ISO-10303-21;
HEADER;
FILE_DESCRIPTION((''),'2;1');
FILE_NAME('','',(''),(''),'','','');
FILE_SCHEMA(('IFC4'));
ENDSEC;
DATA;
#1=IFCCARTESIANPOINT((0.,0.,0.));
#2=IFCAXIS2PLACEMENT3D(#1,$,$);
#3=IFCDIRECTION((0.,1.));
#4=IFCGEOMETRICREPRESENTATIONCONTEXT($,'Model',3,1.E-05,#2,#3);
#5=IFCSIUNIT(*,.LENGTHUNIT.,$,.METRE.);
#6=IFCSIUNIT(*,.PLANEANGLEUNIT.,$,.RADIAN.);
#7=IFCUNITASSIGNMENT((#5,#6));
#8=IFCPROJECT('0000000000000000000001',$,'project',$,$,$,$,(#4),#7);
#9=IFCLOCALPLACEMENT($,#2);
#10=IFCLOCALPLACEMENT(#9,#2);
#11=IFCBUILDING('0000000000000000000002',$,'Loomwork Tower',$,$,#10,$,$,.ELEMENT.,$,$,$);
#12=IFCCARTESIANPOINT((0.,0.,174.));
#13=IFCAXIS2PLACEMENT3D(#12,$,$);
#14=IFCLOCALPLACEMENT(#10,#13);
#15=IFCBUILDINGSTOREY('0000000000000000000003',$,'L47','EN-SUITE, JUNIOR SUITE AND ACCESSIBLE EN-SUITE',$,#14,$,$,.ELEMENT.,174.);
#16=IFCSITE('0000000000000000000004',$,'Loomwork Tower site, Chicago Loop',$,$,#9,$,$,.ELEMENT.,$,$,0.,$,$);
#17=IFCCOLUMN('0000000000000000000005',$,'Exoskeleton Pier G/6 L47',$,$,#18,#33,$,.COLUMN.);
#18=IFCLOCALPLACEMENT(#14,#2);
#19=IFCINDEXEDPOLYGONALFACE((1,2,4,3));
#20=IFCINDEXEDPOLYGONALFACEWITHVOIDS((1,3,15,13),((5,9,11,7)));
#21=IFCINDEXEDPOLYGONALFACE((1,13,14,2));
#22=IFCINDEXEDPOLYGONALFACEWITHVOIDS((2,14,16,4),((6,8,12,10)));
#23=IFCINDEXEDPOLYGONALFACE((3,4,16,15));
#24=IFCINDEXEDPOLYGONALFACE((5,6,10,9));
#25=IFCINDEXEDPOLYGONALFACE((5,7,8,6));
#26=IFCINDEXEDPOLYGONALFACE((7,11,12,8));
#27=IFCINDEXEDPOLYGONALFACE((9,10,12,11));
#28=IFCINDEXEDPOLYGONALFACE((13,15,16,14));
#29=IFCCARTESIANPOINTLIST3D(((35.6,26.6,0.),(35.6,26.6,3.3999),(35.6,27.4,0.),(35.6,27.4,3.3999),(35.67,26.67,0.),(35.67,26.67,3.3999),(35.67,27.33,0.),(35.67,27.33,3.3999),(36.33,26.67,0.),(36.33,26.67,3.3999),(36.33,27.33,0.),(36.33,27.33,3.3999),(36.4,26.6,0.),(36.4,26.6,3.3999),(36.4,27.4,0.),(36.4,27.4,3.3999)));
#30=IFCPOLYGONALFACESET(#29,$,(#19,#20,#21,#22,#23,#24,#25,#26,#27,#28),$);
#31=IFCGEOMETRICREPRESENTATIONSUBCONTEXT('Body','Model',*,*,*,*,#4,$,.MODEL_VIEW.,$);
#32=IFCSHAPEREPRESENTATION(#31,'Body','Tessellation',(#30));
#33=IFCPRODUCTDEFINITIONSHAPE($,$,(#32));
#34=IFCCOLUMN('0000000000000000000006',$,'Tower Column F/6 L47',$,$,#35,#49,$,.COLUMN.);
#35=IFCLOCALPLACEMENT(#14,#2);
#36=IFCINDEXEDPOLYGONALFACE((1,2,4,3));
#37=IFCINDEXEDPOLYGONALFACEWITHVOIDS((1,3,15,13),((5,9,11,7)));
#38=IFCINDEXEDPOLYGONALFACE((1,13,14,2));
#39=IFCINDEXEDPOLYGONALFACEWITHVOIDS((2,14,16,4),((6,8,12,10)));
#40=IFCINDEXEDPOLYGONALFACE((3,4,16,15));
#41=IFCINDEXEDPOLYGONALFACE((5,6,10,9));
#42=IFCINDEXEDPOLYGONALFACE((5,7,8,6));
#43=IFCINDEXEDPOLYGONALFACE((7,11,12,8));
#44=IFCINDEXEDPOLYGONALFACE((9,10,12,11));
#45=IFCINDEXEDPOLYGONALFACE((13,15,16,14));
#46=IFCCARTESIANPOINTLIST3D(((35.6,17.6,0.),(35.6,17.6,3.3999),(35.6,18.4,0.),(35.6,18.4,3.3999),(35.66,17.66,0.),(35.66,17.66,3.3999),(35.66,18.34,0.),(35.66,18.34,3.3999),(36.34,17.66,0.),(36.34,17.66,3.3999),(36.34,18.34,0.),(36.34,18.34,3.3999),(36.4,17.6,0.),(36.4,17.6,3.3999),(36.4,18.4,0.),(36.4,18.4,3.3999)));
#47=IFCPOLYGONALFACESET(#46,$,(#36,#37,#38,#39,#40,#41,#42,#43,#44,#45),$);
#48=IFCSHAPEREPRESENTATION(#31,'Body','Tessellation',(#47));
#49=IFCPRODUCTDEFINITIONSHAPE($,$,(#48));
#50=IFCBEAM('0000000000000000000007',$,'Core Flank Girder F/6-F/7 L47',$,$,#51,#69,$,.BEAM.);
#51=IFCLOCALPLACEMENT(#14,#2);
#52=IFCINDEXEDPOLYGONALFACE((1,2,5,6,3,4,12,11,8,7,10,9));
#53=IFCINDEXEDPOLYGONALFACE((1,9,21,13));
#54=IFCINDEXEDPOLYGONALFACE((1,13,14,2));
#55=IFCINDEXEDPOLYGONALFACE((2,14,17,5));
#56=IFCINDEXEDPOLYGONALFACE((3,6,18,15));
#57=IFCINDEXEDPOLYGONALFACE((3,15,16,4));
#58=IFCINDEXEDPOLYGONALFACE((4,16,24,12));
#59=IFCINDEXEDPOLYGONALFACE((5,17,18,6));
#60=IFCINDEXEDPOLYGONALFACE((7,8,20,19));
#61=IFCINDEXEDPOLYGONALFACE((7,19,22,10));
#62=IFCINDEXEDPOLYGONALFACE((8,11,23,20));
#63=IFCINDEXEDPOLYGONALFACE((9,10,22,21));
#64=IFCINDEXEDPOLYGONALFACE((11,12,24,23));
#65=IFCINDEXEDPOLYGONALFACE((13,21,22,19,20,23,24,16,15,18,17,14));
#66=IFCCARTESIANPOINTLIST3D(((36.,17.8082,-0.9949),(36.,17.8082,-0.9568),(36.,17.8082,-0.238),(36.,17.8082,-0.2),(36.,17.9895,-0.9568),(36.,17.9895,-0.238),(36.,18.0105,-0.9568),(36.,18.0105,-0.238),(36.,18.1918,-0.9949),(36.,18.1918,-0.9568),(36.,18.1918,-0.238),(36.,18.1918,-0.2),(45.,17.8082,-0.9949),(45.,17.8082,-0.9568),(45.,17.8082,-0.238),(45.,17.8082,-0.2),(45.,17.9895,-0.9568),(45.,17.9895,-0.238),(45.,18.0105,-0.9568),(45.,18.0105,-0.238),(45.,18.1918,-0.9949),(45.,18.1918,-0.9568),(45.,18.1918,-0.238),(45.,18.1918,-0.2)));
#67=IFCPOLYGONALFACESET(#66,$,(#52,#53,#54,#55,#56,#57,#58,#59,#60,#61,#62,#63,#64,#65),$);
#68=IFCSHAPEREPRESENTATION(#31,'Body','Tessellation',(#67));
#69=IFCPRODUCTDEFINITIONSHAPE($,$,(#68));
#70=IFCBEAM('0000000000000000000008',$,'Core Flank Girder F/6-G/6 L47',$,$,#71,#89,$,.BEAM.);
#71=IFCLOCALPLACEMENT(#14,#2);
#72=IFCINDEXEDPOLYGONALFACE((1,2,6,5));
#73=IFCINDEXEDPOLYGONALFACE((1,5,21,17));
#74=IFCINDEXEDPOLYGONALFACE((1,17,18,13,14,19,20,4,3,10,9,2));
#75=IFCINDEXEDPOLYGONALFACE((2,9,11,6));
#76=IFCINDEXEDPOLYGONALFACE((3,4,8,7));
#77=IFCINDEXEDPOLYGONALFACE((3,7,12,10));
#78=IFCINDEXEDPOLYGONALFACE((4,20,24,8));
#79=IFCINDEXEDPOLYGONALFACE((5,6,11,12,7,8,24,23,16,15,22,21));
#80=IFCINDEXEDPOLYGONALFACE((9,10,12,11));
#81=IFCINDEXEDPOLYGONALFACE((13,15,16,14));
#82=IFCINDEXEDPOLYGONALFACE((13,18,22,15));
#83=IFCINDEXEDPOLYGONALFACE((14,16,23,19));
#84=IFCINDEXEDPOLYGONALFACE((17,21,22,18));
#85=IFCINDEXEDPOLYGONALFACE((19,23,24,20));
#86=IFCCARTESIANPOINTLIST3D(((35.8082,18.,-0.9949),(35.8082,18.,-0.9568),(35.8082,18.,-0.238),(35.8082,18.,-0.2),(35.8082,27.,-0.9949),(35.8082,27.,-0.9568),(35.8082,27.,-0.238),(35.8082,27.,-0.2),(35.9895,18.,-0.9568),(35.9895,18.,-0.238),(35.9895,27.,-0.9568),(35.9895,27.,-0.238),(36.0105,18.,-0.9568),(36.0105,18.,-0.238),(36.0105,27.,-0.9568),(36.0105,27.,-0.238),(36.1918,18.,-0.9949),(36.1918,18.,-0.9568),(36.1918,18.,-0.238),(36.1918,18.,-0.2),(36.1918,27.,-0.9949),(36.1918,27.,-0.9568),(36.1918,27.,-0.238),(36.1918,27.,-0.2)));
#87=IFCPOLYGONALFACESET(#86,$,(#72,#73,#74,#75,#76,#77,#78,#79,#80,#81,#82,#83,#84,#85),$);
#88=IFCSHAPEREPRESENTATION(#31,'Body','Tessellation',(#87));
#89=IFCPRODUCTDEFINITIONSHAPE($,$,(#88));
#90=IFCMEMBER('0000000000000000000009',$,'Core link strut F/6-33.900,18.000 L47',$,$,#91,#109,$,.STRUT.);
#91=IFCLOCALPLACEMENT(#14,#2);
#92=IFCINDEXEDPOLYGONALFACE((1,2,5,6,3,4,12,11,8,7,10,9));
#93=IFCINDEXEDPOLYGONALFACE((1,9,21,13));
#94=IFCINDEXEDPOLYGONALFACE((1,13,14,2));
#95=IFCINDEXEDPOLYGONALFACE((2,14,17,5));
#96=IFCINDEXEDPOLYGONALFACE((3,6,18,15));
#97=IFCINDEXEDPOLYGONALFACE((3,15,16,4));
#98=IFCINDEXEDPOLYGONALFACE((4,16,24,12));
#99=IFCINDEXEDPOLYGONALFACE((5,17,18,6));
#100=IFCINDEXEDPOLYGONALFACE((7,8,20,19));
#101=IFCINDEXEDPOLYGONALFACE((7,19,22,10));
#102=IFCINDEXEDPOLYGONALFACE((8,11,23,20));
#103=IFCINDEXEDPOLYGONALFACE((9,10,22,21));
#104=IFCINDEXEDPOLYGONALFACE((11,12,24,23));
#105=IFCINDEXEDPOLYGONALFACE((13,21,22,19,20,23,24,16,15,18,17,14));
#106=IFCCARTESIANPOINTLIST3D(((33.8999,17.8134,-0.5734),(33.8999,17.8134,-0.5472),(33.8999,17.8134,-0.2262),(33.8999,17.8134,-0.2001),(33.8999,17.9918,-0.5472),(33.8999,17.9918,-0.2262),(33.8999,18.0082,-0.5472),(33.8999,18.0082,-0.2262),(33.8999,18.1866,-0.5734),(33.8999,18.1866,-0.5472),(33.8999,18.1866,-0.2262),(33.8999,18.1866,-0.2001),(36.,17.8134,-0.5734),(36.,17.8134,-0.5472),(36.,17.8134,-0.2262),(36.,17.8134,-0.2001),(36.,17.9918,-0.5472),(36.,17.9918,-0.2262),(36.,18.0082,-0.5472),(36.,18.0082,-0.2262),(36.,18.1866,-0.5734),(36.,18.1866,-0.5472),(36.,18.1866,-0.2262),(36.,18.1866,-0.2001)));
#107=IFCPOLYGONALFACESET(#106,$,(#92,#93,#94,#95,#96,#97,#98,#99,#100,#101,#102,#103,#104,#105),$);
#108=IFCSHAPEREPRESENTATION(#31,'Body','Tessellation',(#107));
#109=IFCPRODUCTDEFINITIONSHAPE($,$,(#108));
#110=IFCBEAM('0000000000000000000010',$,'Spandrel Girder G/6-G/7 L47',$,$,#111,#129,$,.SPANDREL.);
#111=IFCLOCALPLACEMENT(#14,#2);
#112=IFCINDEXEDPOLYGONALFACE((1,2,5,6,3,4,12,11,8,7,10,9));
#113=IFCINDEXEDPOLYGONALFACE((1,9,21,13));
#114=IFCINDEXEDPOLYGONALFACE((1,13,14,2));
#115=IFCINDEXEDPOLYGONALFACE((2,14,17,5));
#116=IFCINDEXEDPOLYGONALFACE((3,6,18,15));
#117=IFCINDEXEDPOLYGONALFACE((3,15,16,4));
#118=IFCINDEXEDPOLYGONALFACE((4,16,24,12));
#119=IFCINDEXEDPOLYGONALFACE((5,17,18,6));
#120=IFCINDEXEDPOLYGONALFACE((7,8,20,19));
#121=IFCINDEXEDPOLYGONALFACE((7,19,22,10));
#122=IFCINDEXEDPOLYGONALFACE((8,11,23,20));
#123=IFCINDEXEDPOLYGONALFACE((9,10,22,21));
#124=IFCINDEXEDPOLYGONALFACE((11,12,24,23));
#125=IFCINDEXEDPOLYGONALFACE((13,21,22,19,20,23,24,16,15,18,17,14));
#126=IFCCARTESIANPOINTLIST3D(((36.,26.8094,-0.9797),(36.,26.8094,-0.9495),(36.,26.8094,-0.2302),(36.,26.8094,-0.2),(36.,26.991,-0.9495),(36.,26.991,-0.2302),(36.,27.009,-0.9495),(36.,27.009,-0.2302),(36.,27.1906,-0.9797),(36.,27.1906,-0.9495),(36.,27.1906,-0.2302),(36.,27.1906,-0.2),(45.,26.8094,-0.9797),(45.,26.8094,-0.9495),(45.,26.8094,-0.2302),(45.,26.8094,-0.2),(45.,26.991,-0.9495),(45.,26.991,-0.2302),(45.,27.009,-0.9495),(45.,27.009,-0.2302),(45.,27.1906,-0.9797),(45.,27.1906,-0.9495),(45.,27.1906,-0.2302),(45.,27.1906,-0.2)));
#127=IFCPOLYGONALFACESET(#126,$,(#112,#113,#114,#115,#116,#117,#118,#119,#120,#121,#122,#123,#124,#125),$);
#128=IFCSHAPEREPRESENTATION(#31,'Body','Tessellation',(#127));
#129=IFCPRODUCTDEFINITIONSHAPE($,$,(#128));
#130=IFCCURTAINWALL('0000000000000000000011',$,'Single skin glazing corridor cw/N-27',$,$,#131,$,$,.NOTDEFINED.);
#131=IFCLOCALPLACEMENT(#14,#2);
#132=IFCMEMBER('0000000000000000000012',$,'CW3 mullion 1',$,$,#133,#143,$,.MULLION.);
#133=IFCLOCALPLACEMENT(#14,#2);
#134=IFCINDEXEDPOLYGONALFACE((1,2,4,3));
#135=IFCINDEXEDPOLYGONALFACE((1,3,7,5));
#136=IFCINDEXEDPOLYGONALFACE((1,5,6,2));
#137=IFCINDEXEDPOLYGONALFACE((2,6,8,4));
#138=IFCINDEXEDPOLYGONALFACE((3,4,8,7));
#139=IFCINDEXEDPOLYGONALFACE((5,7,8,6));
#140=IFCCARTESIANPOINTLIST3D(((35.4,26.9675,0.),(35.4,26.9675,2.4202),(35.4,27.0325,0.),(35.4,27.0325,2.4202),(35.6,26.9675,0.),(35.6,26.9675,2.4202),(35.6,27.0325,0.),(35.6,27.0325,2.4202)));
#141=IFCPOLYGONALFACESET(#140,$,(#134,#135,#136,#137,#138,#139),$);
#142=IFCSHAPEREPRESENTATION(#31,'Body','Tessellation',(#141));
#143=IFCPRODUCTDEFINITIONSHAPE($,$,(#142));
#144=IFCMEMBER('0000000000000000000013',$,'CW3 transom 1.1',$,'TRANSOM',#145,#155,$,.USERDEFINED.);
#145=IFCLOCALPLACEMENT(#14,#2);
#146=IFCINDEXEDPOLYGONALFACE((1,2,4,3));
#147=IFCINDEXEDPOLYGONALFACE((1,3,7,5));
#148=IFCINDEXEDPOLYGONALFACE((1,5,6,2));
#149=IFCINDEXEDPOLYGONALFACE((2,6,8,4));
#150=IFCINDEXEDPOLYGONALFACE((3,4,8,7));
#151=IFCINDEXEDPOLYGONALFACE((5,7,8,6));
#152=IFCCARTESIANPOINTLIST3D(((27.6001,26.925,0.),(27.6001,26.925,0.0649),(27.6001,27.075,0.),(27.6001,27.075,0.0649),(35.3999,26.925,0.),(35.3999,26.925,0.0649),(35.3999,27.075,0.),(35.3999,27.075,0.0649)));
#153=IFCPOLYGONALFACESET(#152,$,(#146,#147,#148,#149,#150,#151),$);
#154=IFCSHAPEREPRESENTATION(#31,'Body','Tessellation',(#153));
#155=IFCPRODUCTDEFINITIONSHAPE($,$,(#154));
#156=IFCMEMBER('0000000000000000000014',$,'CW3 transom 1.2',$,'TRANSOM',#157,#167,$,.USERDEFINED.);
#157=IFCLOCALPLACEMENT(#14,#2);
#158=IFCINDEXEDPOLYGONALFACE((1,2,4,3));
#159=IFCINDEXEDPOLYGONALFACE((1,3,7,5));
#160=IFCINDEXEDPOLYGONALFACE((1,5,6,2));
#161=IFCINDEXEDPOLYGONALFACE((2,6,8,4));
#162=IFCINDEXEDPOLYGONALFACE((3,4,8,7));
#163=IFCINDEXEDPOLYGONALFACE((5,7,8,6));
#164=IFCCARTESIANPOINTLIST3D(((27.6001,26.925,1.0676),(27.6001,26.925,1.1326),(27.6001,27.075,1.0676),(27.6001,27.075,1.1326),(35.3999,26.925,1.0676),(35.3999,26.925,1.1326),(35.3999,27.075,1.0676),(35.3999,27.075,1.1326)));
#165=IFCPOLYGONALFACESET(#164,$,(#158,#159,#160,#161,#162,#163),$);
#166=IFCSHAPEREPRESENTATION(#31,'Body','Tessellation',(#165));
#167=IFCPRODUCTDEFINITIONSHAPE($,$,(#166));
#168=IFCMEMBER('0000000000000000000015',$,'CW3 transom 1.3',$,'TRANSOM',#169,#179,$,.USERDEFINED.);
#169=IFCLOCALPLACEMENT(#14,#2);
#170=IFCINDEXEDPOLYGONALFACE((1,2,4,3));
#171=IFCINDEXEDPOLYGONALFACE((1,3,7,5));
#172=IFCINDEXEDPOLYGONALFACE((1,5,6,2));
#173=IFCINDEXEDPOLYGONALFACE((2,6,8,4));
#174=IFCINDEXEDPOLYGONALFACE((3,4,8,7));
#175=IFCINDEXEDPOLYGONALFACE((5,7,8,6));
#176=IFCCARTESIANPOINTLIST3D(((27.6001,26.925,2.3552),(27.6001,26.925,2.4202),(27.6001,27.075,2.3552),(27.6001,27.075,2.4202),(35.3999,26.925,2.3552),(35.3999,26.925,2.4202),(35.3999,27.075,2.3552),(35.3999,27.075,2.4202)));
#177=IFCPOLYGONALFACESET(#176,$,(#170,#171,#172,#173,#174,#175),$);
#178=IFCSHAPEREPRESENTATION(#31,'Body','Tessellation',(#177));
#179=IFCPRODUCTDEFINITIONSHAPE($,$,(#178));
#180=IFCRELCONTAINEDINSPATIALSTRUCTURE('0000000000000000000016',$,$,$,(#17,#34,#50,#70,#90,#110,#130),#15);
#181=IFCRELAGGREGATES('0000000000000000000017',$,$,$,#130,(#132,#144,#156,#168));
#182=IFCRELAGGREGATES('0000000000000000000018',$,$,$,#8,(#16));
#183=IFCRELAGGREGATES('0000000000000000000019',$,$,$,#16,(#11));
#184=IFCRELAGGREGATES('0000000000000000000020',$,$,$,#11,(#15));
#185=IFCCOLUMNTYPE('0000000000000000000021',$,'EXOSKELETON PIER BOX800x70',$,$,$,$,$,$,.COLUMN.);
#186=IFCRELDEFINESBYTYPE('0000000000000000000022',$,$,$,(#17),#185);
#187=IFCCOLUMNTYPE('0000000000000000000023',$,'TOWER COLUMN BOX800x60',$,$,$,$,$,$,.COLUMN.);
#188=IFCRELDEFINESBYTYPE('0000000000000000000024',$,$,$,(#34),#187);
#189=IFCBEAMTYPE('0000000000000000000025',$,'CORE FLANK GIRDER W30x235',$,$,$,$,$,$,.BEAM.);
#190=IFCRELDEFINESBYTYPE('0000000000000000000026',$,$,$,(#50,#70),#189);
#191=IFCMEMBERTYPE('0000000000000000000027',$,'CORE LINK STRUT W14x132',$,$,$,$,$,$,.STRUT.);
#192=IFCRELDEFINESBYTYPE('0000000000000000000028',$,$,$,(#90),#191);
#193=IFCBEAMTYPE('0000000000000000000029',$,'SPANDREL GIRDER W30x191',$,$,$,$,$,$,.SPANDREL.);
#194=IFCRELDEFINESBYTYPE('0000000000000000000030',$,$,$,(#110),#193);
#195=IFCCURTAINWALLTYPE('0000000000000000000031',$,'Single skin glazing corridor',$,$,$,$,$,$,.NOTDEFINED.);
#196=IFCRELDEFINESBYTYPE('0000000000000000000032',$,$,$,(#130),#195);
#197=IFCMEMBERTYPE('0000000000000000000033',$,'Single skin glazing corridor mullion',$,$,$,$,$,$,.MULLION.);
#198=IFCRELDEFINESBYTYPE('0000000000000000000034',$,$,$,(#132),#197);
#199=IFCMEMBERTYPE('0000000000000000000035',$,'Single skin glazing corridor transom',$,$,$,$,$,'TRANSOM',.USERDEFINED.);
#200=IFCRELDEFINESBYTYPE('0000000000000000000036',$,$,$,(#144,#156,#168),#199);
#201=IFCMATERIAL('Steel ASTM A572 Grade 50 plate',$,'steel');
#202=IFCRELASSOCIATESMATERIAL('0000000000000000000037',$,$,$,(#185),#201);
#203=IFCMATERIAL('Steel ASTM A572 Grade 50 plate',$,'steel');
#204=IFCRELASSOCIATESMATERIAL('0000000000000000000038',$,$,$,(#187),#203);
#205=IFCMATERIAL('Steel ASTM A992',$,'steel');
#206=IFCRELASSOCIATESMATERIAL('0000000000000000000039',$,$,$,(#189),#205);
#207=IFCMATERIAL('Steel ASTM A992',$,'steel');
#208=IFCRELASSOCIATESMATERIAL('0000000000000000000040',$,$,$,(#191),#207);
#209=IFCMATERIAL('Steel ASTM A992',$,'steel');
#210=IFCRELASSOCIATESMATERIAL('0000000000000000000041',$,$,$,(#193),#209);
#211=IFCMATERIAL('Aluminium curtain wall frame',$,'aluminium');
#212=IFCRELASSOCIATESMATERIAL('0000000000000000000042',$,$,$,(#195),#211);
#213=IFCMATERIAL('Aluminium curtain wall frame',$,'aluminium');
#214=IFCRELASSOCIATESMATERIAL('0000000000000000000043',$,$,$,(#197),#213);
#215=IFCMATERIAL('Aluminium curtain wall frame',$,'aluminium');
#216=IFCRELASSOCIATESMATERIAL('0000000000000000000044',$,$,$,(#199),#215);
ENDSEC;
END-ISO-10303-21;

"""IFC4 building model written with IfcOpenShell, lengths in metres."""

from ifc_helpers import new_model, si_unit, direction, frame, origin, origin_2d, place, context, subcontext, project, spatial, rectangle, hollow_rectangle, i_section, extrude, material, material_profile, profile_set, type_object, element, aggregate, save


model = new_model("IFC4")

# Units and contexts
model_context = context("Model", 3, precision=1e-05, world=origin(), true_north=direction((0.0, 1.0)))
body_context = subcontext(model_context, "Body", "Model", "MODEL_VIEW")
ifc_project = project(units=[si_unit("LENGTHUNIT", "METRE"), si_unit("PLANEANGLEUNIT", "RADIAN")], contexts=[model_context])

# Site, building, storey
site_placement = place(None, origin())
site = spatial("IfcSite", under=ifc_project, at=site_placement, Name="Loomwork Tower site, Chicago Loop", CompositionType="ELEMENT", RefElevation=0.0)
building_placement = place(site_placement, origin())
building = spatial("IfcBuilding", under=site, at=building_placement, Name="Loomwork Tower", CompositionType="ELEMENT")
storey_placement = place(building_placement, frame((0.0, 0.0, 174.0)))
storey = spatial("IfcBuildingStorey", under=building, at=storey_placement, Name="L47", Description="EN-SUITE, JUNIOR SUITE AND ACCESSIBLE EN-SUITE", CompositionType="ELEMENT", Elevation=174.0)

# Columns
ifc_material_1 = material(Name="Steel ASTM A572 Grade 50 plate", Category="steel")
ifc_material_profile_1 = material_profile(ifc_material_1, hollow_rectangle(XDim=0.8, YDim=0.8, WallThickness=0.0701, at=origin_2d()), Name="BOX800x70")
ifc_profile_set_1 = profile_set([ifc_material_profile_1], Name="Steel ASTM A572 Grade 50 plate")
column_type_1 = type_object("IfcColumnType", Name="EXOSKELETON PIER BOX800x70", PredefinedType="COLUMN", material=ifc_profile_set_1)
column_1_placement = place(storey_placement, frame((36.0, 27.0, 0.0), z_axis=(0.0, 0.0, 1.0), x_axis=(1.0, 0.0, 0.0)))
element("IfcColumn", 1, at=column_1_placement, inside=storey, type_object=column_type_1, Name="Exoskeleton Pier G/6 L47", PredefinedType="COLUMN", context=body_context, shape_type="SweptSolid", body=[
    extrude(hollow_rectangle(XDim=0.8, YDim=0.8, WallThickness=0.0701, at=origin_2d()), origin(), (0.0, 0.0, 1.0), 3.3999),
])
ifc_material_2 = material(Name="Steel ASTM A572 Grade 50 plate", Category="steel")
ifc_material_profile_2 = material_profile(ifc_material_2, hollow_rectangle(XDim=0.8, YDim=0.8, WallThickness=0.0601, at=origin_2d()), Name="BOX800x60")
ifc_profile_set_2 = profile_set([ifc_material_profile_2], Name="Steel ASTM A572 Grade 50 plate")
column_type_2 = type_object("IfcColumnType", Name="TOWER COLUMN BOX800x60", PredefinedType="COLUMN", material=ifc_profile_set_2)
column_2_placement = place(storey_placement, frame((36.0, 18.0, 0.0), z_axis=(0.0, 0.0, 1.0), x_axis=(0.0, 1.0, 0.0)))
element("IfcColumn", 2, at=column_2_placement, inside=storey, type_object=column_type_2, Name="Tower Column F/6 L47", PredefinedType="COLUMN", context=body_context, shape_type="SweptSolid", body=[
    extrude(hollow_rectangle(XDim=0.8, YDim=0.8, WallThickness=0.0601, at=origin_2d()), origin(), (0.0, 0.0, 1.0), 3.3999),
])

# Beams
ifc_material_3 = material(Name="Steel ASTM A992", Category="steel")
ifc_material_profile_3 = material_profile(ifc_material_3, i_section(OverallWidth=0.3835, OverallDepth=0.7949, WebThickness=0.021, FlangeThickness=0.0381, at=origin_2d()), Name="W30x235")
ifc_profile_set_3 = profile_set([ifc_material_profile_3], Name="Steel ASTM A992")
beam_type_1 = type_object("IfcBeamType", Name="CORE FLANK GIRDER W30x235", PredefinedType="BEAM", material=ifc_profile_set_3)
for number, where, z_axis, x_axis, name in (
    (3, (36.0, 18.0, -0.5974), (1.0, 0.0, 0.0), (0.0, 1.0, 0.0), "Core Flank Girder F/6-F/7 L47"),
    (4, (36.0, 18.0, -0.5974), (0.0, 1.0, 0.0), (-1.0, 0.0, 0.0), "Core Flank Girder F/6-G/6 L47"),
):
    element("IfcBeam", number, at=place(storey_placement, frame(where, z_axis=z_axis, x_axis=x_axis)), inside=storey, type_object=beam_type_1, Name=name, PredefinedType="BEAM", context=body_context, shape_type="SweptSolid", body=[
        extrude(i_section(OverallWidth=0.3835, OverallDepth=0.7949, WebThickness=0.021, FlangeThickness=0.0381, at=origin_2d()), origin(), (0.0, 0.0, 1.0), 9.0),
    ])

# Member
ifc_material_4 = material(Name="Steel ASTM A992", Category="steel")
ifc_material_profile_4 = material_profile(ifc_material_4, i_section(OverallWidth=0.3733, OverallDepth=0.3733, WebThickness=0.0164, FlangeThickness=0.0261, at=origin_2d()), Name="W14x132")
ifc_profile_set_4 = profile_set([ifc_material_profile_4], Name="Steel ASTM A992")
member_type_1 = type_object("IfcMemberType", Name="CORE LINK STRUT W14x132", PredefinedType="STRUT", material=ifc_profile_set_4)
member_1_placement = place(storey_placement, frame((36.0, 18.0, -0.3867), z_axis=(-1.0, 0.0, 0.0), x_axis=(0.0, -1.0, 0.0)))
element("IfcMember", 5, at=member_1_placement, inside=storey, type_object=member_type_1, Name="Core link strut F/6-33.900,18.000 L47", PredefinedType="STRUT", context=body_context, shape_type="SweptSolid", body=[
    extrude(i_section(OverallWidth=0.3733, OverallDepth=0.3733, WebThickness=0.0164, FlangeThickness=0.0261, at=origin_2d()), origin(), (0.0, 0.0, 1.0), 2.1001),
])

# Beam
ifc_material_5 = material(Name="Steel ASTM A992", Category="steel")
ifc_material_profile_5 = material_profile(ifc_material_5, i_section(OverallWidth=0.3811, OverallDepth=0.7798, WebThickness=0.0181, FlangeThickness=0.0303, at=origin_2d()), Name="W30x191")
ifc_profile_set_5 = profile_set([ifc_material_profile_5], Name="Steel ASTM A992")
beam_type_2 = type_object("IfcBeamType", Name="SPANDREL GIRDER W30x191", PredefinedType="SPANDREL", material=ifc_profile_set_5)
beam_placement = place(storey_placement, frame((36.0, 27.0, -0.5898), z_axis=(1.0, 0.0, 0.0), x_axis=(0.0, 1.0, 0.0)))
element("IfcBeam", 6, at=beam_placement, inside=storey, type_object=beam_type_2, Name="Spandrel Girder G/6-G/7 L47", PredefinedType="SPANDREL", context=body_context, shape_type="SweptSolid", body=[
    extrude(i_section(OverallWidth=0.3811, OverallDepth=0.7798, WebThickness=0.0181, FlangeThickness=0.0303, at=origin_2d()), origin(), (0.0, 0.0, 1.0), 9.0),
])

# Curtain wall, members
ifc_material_6 = material(Name="Aluminium curtain wall frame", Category="aluminium")
curtain_wall_type = type_object("IfcCurtainWallType", Name="Single skin glazing corridor", PredefinedType="NOTDEFINED", material=ifc_material_6)
curtain_wall_placement = place(storey_placement, origin())
curtain_wall = element("IfcCurtainWall", 7, at=curtain_wall_placement, inside=storey, type_object=curtain_wall_type, Name="Single skin glazing corridor cw/N-27", PredefinedType="NOTDEFINED")
ifc_material_7 = material(Name="Aluminium curtain wall frame", Category="aluminium")
ifc_material_profile_6 = material_profile(ifc_material_7, rectangle(XDim=0.0649, YDim=0.2, at=origin_2d()), Name="AL 65x200")
ifc_profile_set_6 = profile_set([ifc_material_profile_6], Name="Aluminium curtain wall frame")
member_type_2 = type_object("IfcMemberType", Name="Single skin glazing corridor mullion", PredefinedType="MULLION", material=ifc_profile_set_6)
member_2_placement = place(storey_placement, frame((35.5, 27.0, 0.0), z_axis=(0.0, 0.0, 1.0), x_axis=(0.0, -1.0, 0.0)))
member_2 = element("IfcMember", 8, at=member_2_placement, type_object=member_type_2, Name="CW3 mullion 1", PredefinedType="MULLION", context=body_context, shape_type="SweptSolid", body=[
    extrude(rectangle(XDim=0.0649, YDim=0.2, at=origin_2d()), origin(), (0.0, 0.0, 1.0), 2.4202),
])
ifc_material_8 = material(Name="Aluminium curtain wall frame", Category="aluminium")
ifc_material_profile_7 = material_profile(ifc_material_8, rectangle(XDim=0.1499, YDim=0.0649, at=origin_2d()), Name="AL 65x150")
ifc_profile_set_7 = profile_set([ifc_material_profile_7], Name="Aluminium curtain wall frame")
member_type_3 = type_object("IfcMemberType", Name="Single skin glazing corridor transom", ElementType="TRANSOM", PredefinedType="USERDEFINED", material=ifc_profile_set_7)
member_3_placement = place(storey_placement, frame((35.3999, 27.0, 0.0325), z_axis=(-1.0, 0.0, 0.0), x_axis=(0.0, -1.0, 0.0)))
member_3 = element("IfcMember", 9, at=member_3_placement, type_object=member_type_3, Name="CW3 transom 1.1", ObjectType="TRANSOM", PredefinedType="USERDEFINED", context=body_context, shape_type="SweptSolid", body=[
    extrude(rectangle(XDim=0.1499, YDim=0.0649, at=origin_2d()), origin(), (0.0, 0.0, 1.0), 7.7998),
])
member_4_placement = place(storey_placement, frame((35.3999, 27.0, 1.1001), z_axis=(-1.0, 0.0, 0.0), x_axis=(0.0, -1.0, 0.0)))
member_4 = element("IfcMember", 10, at=member_4_placement, type_object=member_type_3, Name="CW3 transom 1.2", ObjectType="TRANSOM", PredefinedType="USERDEFINED", context=body_context, shape_type="SweptSolid", body=[
    extrude(rectangle(XDim=0.1499, YDim=0.0649, at=origin_2d()), origin(), (0.0, 0.0, 1.0), 7.7998),
])
member_5_placement = place(storey_placement, frame((35.3999, 27.0, 2.3877), z_axis=(-1.0, 0.0, 0.0), x_axis=(0.0, -1.0, 0.0)))
member_5 = element("IfcMember", 11, at=member_5_placement, type_object=member_type_3, Name="CW3 transom 1.3", ObjectType="TRANSOM", PredefinedType="USERDEFINED", context=body_context, shape_type="SweptSolid", body=[
    extrude(rectangle(XDim=0.1499, YDim=0.0649, at=origin_2d()), origin(), (0.0, 0.0, 1.0), 7.7998),
])
aggregate(curtain_wall, [member_2, member_3, member_4, member_5])

save(model, "model.ifc")
